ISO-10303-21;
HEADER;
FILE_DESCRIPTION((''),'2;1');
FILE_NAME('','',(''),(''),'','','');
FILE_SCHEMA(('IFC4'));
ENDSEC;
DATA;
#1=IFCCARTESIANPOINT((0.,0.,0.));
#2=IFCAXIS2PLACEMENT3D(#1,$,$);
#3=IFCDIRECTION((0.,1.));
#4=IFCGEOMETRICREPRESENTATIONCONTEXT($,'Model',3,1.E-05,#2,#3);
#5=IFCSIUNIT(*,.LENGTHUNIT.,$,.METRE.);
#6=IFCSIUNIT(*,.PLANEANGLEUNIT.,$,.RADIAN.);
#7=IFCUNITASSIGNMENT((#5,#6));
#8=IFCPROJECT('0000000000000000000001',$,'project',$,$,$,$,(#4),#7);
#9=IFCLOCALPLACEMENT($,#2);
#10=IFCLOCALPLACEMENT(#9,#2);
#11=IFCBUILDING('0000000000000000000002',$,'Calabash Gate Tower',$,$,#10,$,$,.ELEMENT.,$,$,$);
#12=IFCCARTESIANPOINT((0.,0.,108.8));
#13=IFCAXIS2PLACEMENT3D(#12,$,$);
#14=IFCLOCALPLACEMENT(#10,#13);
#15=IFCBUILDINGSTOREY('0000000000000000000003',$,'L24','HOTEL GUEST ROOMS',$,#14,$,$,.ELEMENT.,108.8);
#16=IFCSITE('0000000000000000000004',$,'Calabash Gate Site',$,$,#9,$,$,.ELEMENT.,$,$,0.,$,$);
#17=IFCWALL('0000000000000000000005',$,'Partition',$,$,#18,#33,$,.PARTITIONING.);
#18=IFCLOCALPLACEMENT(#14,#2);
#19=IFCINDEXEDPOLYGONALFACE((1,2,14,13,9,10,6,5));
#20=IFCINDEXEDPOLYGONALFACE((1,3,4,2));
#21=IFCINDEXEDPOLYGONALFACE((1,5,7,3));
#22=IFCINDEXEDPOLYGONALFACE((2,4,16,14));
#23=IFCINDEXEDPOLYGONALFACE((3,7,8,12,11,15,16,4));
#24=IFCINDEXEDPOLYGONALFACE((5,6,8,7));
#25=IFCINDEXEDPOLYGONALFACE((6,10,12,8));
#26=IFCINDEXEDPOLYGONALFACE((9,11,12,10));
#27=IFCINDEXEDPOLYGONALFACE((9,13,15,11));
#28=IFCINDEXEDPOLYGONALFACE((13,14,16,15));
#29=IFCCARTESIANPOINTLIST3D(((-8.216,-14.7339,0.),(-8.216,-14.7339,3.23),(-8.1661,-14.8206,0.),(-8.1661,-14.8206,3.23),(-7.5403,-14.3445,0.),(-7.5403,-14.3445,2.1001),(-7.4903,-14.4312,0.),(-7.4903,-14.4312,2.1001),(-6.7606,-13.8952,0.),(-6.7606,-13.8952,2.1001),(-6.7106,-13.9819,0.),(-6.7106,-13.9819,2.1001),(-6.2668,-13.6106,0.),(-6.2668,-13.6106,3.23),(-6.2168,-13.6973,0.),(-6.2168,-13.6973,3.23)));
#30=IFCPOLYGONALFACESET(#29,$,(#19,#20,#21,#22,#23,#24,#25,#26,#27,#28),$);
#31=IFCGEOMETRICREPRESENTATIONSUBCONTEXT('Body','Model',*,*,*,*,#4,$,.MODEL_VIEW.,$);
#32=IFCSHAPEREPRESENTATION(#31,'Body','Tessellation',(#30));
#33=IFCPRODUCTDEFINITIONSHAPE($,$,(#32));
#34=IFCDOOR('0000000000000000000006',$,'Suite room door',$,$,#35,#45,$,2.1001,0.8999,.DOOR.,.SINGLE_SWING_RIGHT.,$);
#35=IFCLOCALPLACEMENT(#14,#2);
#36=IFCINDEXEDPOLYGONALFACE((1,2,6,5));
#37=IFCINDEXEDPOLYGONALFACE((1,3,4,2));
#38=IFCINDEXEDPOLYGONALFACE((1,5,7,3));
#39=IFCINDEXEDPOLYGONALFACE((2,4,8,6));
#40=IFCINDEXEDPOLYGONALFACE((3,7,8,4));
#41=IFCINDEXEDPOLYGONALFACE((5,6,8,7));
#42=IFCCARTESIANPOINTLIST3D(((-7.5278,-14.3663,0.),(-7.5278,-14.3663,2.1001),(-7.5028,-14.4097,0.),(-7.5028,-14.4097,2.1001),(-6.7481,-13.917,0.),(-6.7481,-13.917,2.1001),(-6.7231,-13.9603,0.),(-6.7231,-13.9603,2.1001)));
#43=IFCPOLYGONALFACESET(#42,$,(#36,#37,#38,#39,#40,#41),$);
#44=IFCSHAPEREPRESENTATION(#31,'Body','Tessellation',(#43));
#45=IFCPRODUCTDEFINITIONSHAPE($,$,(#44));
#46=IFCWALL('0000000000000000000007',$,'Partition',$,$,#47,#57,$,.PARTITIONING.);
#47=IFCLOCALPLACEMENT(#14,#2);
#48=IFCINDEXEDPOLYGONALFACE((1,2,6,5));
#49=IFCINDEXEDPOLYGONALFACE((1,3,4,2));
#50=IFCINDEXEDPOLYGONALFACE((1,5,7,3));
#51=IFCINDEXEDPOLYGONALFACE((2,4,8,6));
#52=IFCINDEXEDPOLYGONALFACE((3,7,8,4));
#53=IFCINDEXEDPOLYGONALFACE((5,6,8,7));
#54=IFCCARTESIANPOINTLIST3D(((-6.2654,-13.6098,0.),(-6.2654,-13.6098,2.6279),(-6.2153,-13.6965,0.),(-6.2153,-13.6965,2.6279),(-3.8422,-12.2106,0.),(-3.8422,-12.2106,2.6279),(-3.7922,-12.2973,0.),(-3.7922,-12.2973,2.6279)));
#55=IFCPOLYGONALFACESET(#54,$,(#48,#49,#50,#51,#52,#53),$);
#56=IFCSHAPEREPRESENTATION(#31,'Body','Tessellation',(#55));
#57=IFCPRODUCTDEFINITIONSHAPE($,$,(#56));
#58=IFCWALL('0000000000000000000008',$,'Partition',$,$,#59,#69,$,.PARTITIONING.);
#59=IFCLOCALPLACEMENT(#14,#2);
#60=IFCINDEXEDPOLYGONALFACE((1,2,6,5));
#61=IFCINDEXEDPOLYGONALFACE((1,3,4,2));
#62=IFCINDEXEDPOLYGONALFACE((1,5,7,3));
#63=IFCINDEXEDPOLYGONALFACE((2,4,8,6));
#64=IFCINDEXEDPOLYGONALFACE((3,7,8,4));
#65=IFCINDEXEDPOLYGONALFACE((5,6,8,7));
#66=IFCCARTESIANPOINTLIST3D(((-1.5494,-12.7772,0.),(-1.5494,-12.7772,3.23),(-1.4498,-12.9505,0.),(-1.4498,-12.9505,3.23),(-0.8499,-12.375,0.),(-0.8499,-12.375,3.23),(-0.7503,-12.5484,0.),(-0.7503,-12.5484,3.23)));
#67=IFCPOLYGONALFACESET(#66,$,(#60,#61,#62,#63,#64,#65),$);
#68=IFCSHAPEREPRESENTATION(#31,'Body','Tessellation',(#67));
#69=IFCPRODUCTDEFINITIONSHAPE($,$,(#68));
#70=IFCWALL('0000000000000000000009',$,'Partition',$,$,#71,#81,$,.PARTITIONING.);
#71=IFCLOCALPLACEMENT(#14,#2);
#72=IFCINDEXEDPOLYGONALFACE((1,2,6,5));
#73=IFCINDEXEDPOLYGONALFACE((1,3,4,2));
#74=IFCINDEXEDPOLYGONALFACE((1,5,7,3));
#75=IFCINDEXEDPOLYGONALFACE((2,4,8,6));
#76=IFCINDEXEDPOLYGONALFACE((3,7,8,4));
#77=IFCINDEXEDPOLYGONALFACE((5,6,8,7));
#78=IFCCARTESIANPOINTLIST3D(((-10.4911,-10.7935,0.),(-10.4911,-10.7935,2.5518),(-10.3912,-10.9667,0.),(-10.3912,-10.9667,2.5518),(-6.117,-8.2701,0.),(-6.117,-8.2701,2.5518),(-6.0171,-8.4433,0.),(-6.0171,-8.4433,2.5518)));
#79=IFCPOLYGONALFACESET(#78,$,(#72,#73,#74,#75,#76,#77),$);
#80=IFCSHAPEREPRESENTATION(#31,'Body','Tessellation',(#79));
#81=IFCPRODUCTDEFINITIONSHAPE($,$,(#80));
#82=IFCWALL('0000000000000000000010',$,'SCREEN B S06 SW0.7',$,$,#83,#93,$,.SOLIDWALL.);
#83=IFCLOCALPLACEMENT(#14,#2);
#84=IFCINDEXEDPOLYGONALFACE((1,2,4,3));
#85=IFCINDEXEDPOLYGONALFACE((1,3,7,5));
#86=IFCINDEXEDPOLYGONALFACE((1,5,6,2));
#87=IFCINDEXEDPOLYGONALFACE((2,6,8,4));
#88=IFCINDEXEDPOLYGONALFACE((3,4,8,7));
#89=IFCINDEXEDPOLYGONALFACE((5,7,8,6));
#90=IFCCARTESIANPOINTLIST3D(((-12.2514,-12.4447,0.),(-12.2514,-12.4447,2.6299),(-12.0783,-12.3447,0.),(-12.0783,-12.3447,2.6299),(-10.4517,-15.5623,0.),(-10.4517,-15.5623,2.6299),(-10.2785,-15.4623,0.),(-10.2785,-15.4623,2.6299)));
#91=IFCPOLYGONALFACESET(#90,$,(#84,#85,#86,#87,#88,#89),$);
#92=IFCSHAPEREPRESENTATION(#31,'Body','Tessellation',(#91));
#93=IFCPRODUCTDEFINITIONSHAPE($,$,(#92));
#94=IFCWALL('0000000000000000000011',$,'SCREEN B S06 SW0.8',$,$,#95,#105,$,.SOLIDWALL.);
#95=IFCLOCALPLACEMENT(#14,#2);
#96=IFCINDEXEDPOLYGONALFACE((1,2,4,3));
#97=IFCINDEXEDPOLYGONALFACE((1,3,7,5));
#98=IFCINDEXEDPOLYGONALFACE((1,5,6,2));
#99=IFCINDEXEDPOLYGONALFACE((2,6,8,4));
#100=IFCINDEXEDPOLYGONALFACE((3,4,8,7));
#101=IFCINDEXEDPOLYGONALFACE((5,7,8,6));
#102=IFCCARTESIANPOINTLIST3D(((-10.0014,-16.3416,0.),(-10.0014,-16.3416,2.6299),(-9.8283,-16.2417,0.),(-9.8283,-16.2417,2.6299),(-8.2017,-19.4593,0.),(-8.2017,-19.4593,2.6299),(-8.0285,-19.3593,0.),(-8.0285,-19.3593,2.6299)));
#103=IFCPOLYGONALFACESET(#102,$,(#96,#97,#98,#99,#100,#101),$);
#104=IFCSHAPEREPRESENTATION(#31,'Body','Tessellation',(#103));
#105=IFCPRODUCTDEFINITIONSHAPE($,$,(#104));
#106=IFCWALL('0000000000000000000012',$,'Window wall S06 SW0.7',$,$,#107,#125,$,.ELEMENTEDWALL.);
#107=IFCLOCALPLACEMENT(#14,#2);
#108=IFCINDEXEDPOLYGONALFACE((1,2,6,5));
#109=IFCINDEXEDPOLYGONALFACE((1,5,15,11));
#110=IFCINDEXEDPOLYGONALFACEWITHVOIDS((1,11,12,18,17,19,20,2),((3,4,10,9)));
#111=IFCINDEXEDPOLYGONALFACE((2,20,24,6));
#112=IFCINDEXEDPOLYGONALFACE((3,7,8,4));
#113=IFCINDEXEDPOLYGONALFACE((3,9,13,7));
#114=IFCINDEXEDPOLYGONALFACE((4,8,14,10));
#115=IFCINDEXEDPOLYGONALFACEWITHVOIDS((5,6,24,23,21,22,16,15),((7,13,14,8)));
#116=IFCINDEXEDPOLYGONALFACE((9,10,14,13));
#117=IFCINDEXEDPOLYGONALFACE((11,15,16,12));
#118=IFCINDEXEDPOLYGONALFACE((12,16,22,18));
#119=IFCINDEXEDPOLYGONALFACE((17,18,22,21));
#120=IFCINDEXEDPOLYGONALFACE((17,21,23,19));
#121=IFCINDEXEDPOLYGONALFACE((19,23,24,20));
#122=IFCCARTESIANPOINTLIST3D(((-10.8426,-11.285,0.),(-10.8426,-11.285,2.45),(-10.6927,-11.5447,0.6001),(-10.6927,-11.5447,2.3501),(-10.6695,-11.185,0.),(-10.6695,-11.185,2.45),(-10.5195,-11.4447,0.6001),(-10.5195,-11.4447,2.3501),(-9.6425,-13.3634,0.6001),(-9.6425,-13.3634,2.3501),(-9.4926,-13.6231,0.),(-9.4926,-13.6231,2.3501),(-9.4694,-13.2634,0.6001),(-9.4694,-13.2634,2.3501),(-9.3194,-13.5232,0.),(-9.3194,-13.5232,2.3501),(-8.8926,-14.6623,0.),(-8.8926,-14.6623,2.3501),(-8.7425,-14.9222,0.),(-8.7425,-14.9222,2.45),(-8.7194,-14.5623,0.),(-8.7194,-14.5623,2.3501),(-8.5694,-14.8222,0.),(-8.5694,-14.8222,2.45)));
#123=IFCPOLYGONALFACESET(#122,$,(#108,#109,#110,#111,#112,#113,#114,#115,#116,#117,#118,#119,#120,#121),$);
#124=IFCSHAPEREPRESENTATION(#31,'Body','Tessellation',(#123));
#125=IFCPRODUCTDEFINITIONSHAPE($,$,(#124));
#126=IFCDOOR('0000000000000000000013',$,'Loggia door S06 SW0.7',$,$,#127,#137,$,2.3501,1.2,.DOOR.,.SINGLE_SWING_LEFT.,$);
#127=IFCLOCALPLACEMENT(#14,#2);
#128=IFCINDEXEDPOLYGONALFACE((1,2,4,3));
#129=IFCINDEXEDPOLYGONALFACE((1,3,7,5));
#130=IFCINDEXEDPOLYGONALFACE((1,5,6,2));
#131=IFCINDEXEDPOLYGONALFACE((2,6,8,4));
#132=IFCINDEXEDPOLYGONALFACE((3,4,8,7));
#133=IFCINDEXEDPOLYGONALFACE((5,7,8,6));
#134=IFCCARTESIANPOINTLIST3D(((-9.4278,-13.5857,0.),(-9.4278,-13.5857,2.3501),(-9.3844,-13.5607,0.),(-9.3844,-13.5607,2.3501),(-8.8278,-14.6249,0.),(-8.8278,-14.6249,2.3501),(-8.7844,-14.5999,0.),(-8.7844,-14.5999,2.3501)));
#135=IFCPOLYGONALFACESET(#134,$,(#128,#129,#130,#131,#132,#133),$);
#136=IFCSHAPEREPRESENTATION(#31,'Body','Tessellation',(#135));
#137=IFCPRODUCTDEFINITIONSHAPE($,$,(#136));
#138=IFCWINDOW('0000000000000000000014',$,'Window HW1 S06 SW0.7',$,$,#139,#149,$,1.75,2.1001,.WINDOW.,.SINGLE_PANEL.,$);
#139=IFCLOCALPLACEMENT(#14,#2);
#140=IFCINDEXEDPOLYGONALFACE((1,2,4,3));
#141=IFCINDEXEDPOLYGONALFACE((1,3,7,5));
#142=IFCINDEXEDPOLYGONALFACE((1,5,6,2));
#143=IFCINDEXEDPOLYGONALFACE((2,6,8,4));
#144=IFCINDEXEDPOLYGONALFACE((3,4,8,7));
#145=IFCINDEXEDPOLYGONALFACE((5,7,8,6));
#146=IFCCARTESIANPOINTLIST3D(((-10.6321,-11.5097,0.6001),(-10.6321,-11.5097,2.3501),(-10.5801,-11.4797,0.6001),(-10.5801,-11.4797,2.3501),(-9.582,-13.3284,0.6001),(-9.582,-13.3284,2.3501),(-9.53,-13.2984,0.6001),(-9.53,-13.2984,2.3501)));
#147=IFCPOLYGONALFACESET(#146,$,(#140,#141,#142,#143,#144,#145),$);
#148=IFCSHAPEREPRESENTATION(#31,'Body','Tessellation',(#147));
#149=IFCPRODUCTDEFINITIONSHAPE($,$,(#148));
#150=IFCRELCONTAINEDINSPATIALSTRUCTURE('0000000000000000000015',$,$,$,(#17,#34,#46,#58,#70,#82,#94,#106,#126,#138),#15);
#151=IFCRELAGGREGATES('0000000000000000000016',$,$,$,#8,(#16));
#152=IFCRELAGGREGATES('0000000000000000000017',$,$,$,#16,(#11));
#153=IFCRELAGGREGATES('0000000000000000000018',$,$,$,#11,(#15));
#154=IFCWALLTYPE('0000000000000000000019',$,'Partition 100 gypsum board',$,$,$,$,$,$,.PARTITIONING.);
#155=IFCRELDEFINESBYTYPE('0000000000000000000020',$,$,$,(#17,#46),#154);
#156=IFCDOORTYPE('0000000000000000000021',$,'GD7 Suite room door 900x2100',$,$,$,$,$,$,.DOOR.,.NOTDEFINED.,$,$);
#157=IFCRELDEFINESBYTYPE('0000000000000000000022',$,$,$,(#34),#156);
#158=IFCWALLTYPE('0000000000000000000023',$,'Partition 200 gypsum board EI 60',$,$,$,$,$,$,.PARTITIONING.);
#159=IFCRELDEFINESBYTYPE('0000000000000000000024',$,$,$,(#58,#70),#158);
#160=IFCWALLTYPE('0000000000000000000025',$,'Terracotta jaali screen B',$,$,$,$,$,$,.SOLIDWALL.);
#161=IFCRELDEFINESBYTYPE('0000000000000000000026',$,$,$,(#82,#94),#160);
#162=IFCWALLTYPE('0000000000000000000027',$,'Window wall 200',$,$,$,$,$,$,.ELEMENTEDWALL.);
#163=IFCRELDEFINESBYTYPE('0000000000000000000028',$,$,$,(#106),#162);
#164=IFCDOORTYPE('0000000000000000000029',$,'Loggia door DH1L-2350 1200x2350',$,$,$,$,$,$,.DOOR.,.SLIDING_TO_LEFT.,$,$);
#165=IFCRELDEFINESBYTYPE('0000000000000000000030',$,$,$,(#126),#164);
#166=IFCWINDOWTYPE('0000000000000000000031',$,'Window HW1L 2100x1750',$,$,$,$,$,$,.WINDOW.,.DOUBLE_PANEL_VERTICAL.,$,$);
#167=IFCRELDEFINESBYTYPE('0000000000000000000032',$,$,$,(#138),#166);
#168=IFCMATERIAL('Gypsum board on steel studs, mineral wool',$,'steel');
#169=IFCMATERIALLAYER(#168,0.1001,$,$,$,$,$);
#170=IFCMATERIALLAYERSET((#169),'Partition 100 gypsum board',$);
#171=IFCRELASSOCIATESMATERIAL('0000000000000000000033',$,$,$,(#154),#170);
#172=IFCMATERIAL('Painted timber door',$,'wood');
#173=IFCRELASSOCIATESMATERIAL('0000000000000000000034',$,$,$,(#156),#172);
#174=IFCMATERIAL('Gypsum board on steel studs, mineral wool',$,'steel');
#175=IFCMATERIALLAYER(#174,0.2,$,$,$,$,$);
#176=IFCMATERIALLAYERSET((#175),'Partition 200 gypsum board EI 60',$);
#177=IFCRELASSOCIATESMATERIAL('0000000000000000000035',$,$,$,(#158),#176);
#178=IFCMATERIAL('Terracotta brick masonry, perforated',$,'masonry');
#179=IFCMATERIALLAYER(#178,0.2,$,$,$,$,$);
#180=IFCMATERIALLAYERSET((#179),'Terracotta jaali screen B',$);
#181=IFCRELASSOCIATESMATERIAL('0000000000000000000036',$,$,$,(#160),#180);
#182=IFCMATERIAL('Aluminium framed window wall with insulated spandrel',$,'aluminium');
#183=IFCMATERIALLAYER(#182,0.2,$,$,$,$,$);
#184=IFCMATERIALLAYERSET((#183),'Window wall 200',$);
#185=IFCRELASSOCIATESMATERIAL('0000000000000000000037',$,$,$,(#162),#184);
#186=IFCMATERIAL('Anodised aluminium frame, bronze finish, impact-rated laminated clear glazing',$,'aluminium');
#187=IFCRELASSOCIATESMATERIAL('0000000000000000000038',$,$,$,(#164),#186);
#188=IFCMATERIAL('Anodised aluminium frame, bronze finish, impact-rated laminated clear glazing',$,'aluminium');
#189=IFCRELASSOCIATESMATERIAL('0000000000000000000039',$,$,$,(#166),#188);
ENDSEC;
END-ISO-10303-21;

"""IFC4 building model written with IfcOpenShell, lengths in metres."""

from ifc_helpers import new_model, si_unit, direction, frame, frame_2d, origin, place, context, subcontext, project, spatial, rectangle, extrude, material, layer, layer_set, type_object, element, fill, save


model = new_model("IFC4")

# Units and contexts
model_context = context("Model", 3, precision=1e-05, world=origin(), true_north=direction((0.0, 1.0)))
body_context = subcontext(model_context, "Body", "Model", "MODEL_VIEW")
ifc_project = project(units=[si_unit("LENGTHUNIT", "METRE"), si_unit("PLANEANGLEUNIT", "RADIAN")], contexts=[model_context])

# Site, building, storey
site_placement = place(None, origin())
site = spatial("IfcSite", under=ifc_project, at=site_placement, Name="Calabash Gate Site", CompositionType="ELEMENT", RefElevation=0.0)
building_placement = place(site_placement, origin())
building = spatial("IfcBuilding", under=site, at=building_placement, Name="Calabash Gate Tower", CompositionType="ELEMENT")
storey_placement = place(building_placement, frame((0.0, 0.0, 108.8)))
storey = spatial("IfcBuildingStorey", under=building, at=storey_placement, Name="L24", Description="HOTEL GUEST ROOMS", CompositionType="ELEMENT", Elevation=108.8)

# Shared definitions
ifc_material_1 = material(Name="Gypsum board on steel studs, mineral wool", Category="steel")
ifc_layer_1 = layer(ifc_material_1, 0.1001)
ifc_layer_set_1 = layer_set([ifc_layer_1], Name="Partition 100 gypsum board")
wall_type_1 = type_object("IfcWallType", Name="Partition 100 gypsum board", PredefinedType="PARTITIONING", material=ifc_layer_set_1)

# Wall, opening, door
wall_1_placement = place(storey_placement, frame((-8.1912, -14.7773, 0.0), z_axis=(0.0, 0.0, 1.0), x_axis=(0.866428, 0.499303, 0.0)))
wall_1 = element("IfcWall", 1, at=wall_1_placement, inside=storey, type_object=wall_type_1, Name="Partition", PredefinedType="PARTITIONING", context=body_context, shape_type="SweptSolid", body=[
    extrude(rectangle(XDim=2.2498, YDim=0.1001, at=frame_2d((1.125, 0.0))), origin(), (0.0, 0.0, 1.0), 3.23),
])
opening_1_placement = place(wall_1_placement, frame((0.78, 0.0, 0.0)))
opening_1 = element("IfcOpeningElement", 2, at=opening_1_placement, cuts=wall_1, PredefinedType="OPENING", context=body_context, shape_type="SweptSolid", body=[
    extrude(rectangle(XDim=0.8999, YDim=2.1001, at=frame_2d((0.45, 1.05))), frame((0.0, 0.0601, 0.0), z_axis=(0.0, -1.0, 0.0), x_axis=(1.0, 0.0, 0.0)), (0.0, 0.0, 1.0), 0.1201),
])
ifc_material_2 = material(Name="Painted timber door", Category="wood")
door_type_1 = type_object("IfcDoorType", Name="GD7 Suite room door 900x2100", OperationType="NOTDEFINED", PredefinedType="DOOR", material=ifc_material_2)
door_1_placement = place(opening_1_placement, origin())
door_1 = element("IfcDoor", 3, at=door_1_placement, inside=storey, type_object=door_type_1, Name="Suite room door", OperationType="SINGLE_SWING_RIGHT", OverallHeight=2.1001, OverallWidth=0.8999, PredefinedType="DOOR", context=body_context, shape_type="SweptSolid", body=[
    extrude(rectangle(XDim=0.8999, YDim=2.1001, at=frame_2d((0.45, 1.05))), frame((0.0, 0.0249, 0.0), z_axis=(0.0, -1.0, 0.0), x_axis=(1.0, 0.0, 0.0)), (0.0, 0.0, 1.0), 0.05),
])
fill(opening_1, door_1)

# Walls
wall_2_placement = place(storey_placement, frame((-6.2402, -13.6531, 0.0), z_axis=(0.0, 0.0, 1.0), x_axis=(0.865995, 0.500052, 0.0)))
element("IfcWall", 4, at=wall_2_placement, inside=storey, type_object=wall_type_1, Name="Partition", PredefinedType="PARTITIONING", context=body_context, shape_type="SweptSolid", body=[
    extrude(rectangle(XDim=2.7981, YDim=0.1001, at=frame_2d((1.3989, 0.0))), origin(), (0.0, 0.0, 1.0), 2.6279),
])
ifc_material_3 = material(Name="Gypsum board on steel studs, mineral wool", Category="steel")
ifc_layer_2 = layer(ifc_material_3, 0.2)
ifc_layer_set_2 = layer_set([ifc_layer_2], Name="Partition 200 gypsum board EI 60")
wall_type_2 = type_object("IfcWallType", Name="Partition 200 gypsum board EI 60", PredefinedType="PARTITIONING", material=ifc_layer_set_2)
wall_3_placement = place(storey_placement, frame((-1.4995, -12.8638, 0.0), z_axis=(0.0, 0.0, 1.0), x_axis=(0.866955, 0.498386, 0.0)))
element("IfcWall", 5, at=wall_3_placement, inside=storey, type_object=wall_type_2, Name="Partition", PredefinedType="PARTITIONING", context=body_context, shape_type="SweptSolid", body=[
    extrude(rectangle(XDim=0.8069, YDim=0.2, at=frame_2d((0.4033, 0.0))), origin(), (0.0, 0.0, 1.0), 3.23),
])
wall_4_placement = place(storey_placement, frame((-10.4412, -10.8801, 0.0), z_axis=(0.0, 0.0, 1.0), x_axis=(0.866189, 0.499717, 0.0)))
element("IfcWall", 6, at=wall_4_placement, inside=storey, type_object=wall_type_2, Name="Partition", PredefinedType="PARTITIONING", context=body_context, shape_type="SweptSolid", body=[
    extrude(rectangle(XDim=5.0498, YDim=0.2, at=frame_2d((2.5249, 0.0))), origin(), (0.0, 0.0, 1.0), 2.5518),
])
ifc_material_4 = material(Name="Terracotta brick masonry, perforated", Category="masonry")
ifc_layer_3 = layer(ifc_material_4, 0.2)
ifc_layer_set_3 = layer_set([ifc_layer_3], Name="Terracotta jaali screen B")
wall_type_3 = type_object("IfcWallType", Name="Terracotta jaali screen B", PredefinedType="SOLIDWALL", material=ifc_layer_set_3)
for number, where, z_axis, x_axis, name in (
    (7, (-12.1648, -12.3948, 0.0), (0.0, 0.0, 1.0), (0.499961, -0.866048, 0.0), "SCREEN B S06 SW0.7"),
    (8, (-9.9148, -16.2917, 0.0), (0.0, 0.0, 1.0), (0.499961, -0.866048, 0.0), "SCREEN B S06 SW0.8"),
):
    element("IfcWall", number, at=place(storey_placement, frame(where, z_axis=z_axis, x_axis=x_axis)), inside=storey, type_object=wall_type_3, Name=name, PredefinedType="SOLIDWALL", context=body_context, shape_type="SweptSolid", body=[
        extrude(rectangle(XDim=3.5999, YDim=0.2, at=frame_2d((1.7998, 0.0))), origin(), (0.0, 0.0, 1.0), 2.6299),
    ])

# Wall, openings, door, window
ifc_material_5 = material(Name="Aluminium framed window wall with insulated spandrel", Category="aluminium")
ifc_layer_4 = layer(ifc_material_5, 0.2)
ifc_layer_set_4 = layer_set([ifc_layer_4], Name="Window wall 200")
wall_type_4 = type_object("IfcWallType", Name="Window wall 200", PredefinedType="ELEMENTEDWALL", material=ifc_layer_set_4)
wall_5_placement = place(storey_placement, frame((-10.7561, -11.2349, 0.0), z_axis=(0.0, 0.0, 1.0), x_axis=(0.500028, -0.866009, 0.0)))
wall_5 = element("IfcWall", 9, at=wall_5_placement, inside=storey, type_object=wall_type_4, Name="Window wall S06 SW0.7", PredefinedType="ELEMENTEDWALL", context=body_context, shape_type="SweptSolid", body=[
    extrude(rectangle(XDim=4.2, YDim=0.2, at=frame_2d((2.1001, 0.0))), origin(), (0.0, 0.0, 1.0), 2.45),
])
opening_2_placement = place(wall_5_placement, frame((0.3, 0.0, 0.6001)))
opening_2 = element("IfcOpeningElement", 10, at=opening_2_placement, cuts=wall_5, PredefinedType="OPENING", context=body_context, shape_type="SweptSolid", body=[
    extrude(rectangle(XDim=2.1001, YDim=1.75, at=frame_2d((1.05, 0.875))), frame((0.0, 0.1099, 0.0), z_axis=(0.0, -1.0, 0.0), x_axis=(1.0, 0.0, 0.0)), (0.0, 0.0, 1.0), 0.22),
])
opening_3_placement = place(wall_5_placement, frame((2.7, 0.0, 0.0)))
opening_3 = element("IfcOpeningElement", 11, at=opening_3_placement, cuts=wall_5, PredefinedType="OPENING", context=body_context, shape_type="SweptSolid", body=[
    extrude(rectangle(XDim=1.2, YDim=2.3501, at=frame_2d((0.6001, 1.175))), frame((0.0, 0.1099, 0.0), z_axis=(0.0, -1.0, 0.0), x_axis=(1.0, 0.0, 0.0)), (0.0, 0.0, 1.0), 0.22),
])
ifc_material_6 = material(Name="Anodised aluminium frame, bronze finish, impact-rated laminated clear glazing", Category="aluminium")
door_type_2 = type_object("IfcDoorType", Name="Loggia door DH1L-2350 1200x2350", OperationType="SLIDING_TO_LEFT", PredefinedType="DOOR", material=ifc_material_6)
door_2_placement = place(opening_3_placement, origin())
door_2 = element("IfcDoor", 12, at=door_2_placement, inside=storey, type_object=door_type_2, Name="Loggia door S06 SW0.7", OperationType="SINGLE_SWING_LEFT", OverallHeight=2.3501, OverallWidth=1.2, PredefinedType="DOOR", context=body_context, shape_type="SweptSolid", body=[
    extrude(rectangle(XDim=1.2, YDim=2.3501, at=frame_2d((0.6001, 1.175))), frame((0.0, 0.0249, 0.0), z_axis=(0.0, -1.0, 0.0), x_axis=(1.0, 0.0, 0.0)), (0.0, 0.0, 1.0), 0.05),
])
fill(opening_3, door_2)
ifc_material_7 = material(Name="Anodised aluminium frame, bronze finish, impact-rated laminated clear glazing", Category="aluminium")
window_type_1 = type_object("IfcWindowType", Name="Window HW1L 2100x1750", PartitioningType="DOUBLE_PANEL_VERTICAL", PredefinedType="WINDOW", material=ifc_material_7)
window_1_placement = place(opening_2_placement, origin())
window_1 = element("IfcWindow", 13, at=window_1_placement, inside=storey, type_object=window_type_1, Name="Window HW1 S06 SW0.7", OverallHeight=1.75, OverallWidth=2.1001, PartitioningType="SINGLE_PANEL", PredefinedType="WINDOW", context=body_context, shape_type="SweptSolid", body=[
    extrude(rectangle(XDim=2.1001, YDim=1.75, at=frame_2d((1.05, 0.875))), frame((0.0, 0.03, 0.0), z_axis=(0.0, -1.0, 0.0), x_axis=(1.0, 0.0, 0.0)), (0.0, 0.0, 1.0), 0.0601),
])
fill(opening_2, window_1)

save(model, "model.ifc")
